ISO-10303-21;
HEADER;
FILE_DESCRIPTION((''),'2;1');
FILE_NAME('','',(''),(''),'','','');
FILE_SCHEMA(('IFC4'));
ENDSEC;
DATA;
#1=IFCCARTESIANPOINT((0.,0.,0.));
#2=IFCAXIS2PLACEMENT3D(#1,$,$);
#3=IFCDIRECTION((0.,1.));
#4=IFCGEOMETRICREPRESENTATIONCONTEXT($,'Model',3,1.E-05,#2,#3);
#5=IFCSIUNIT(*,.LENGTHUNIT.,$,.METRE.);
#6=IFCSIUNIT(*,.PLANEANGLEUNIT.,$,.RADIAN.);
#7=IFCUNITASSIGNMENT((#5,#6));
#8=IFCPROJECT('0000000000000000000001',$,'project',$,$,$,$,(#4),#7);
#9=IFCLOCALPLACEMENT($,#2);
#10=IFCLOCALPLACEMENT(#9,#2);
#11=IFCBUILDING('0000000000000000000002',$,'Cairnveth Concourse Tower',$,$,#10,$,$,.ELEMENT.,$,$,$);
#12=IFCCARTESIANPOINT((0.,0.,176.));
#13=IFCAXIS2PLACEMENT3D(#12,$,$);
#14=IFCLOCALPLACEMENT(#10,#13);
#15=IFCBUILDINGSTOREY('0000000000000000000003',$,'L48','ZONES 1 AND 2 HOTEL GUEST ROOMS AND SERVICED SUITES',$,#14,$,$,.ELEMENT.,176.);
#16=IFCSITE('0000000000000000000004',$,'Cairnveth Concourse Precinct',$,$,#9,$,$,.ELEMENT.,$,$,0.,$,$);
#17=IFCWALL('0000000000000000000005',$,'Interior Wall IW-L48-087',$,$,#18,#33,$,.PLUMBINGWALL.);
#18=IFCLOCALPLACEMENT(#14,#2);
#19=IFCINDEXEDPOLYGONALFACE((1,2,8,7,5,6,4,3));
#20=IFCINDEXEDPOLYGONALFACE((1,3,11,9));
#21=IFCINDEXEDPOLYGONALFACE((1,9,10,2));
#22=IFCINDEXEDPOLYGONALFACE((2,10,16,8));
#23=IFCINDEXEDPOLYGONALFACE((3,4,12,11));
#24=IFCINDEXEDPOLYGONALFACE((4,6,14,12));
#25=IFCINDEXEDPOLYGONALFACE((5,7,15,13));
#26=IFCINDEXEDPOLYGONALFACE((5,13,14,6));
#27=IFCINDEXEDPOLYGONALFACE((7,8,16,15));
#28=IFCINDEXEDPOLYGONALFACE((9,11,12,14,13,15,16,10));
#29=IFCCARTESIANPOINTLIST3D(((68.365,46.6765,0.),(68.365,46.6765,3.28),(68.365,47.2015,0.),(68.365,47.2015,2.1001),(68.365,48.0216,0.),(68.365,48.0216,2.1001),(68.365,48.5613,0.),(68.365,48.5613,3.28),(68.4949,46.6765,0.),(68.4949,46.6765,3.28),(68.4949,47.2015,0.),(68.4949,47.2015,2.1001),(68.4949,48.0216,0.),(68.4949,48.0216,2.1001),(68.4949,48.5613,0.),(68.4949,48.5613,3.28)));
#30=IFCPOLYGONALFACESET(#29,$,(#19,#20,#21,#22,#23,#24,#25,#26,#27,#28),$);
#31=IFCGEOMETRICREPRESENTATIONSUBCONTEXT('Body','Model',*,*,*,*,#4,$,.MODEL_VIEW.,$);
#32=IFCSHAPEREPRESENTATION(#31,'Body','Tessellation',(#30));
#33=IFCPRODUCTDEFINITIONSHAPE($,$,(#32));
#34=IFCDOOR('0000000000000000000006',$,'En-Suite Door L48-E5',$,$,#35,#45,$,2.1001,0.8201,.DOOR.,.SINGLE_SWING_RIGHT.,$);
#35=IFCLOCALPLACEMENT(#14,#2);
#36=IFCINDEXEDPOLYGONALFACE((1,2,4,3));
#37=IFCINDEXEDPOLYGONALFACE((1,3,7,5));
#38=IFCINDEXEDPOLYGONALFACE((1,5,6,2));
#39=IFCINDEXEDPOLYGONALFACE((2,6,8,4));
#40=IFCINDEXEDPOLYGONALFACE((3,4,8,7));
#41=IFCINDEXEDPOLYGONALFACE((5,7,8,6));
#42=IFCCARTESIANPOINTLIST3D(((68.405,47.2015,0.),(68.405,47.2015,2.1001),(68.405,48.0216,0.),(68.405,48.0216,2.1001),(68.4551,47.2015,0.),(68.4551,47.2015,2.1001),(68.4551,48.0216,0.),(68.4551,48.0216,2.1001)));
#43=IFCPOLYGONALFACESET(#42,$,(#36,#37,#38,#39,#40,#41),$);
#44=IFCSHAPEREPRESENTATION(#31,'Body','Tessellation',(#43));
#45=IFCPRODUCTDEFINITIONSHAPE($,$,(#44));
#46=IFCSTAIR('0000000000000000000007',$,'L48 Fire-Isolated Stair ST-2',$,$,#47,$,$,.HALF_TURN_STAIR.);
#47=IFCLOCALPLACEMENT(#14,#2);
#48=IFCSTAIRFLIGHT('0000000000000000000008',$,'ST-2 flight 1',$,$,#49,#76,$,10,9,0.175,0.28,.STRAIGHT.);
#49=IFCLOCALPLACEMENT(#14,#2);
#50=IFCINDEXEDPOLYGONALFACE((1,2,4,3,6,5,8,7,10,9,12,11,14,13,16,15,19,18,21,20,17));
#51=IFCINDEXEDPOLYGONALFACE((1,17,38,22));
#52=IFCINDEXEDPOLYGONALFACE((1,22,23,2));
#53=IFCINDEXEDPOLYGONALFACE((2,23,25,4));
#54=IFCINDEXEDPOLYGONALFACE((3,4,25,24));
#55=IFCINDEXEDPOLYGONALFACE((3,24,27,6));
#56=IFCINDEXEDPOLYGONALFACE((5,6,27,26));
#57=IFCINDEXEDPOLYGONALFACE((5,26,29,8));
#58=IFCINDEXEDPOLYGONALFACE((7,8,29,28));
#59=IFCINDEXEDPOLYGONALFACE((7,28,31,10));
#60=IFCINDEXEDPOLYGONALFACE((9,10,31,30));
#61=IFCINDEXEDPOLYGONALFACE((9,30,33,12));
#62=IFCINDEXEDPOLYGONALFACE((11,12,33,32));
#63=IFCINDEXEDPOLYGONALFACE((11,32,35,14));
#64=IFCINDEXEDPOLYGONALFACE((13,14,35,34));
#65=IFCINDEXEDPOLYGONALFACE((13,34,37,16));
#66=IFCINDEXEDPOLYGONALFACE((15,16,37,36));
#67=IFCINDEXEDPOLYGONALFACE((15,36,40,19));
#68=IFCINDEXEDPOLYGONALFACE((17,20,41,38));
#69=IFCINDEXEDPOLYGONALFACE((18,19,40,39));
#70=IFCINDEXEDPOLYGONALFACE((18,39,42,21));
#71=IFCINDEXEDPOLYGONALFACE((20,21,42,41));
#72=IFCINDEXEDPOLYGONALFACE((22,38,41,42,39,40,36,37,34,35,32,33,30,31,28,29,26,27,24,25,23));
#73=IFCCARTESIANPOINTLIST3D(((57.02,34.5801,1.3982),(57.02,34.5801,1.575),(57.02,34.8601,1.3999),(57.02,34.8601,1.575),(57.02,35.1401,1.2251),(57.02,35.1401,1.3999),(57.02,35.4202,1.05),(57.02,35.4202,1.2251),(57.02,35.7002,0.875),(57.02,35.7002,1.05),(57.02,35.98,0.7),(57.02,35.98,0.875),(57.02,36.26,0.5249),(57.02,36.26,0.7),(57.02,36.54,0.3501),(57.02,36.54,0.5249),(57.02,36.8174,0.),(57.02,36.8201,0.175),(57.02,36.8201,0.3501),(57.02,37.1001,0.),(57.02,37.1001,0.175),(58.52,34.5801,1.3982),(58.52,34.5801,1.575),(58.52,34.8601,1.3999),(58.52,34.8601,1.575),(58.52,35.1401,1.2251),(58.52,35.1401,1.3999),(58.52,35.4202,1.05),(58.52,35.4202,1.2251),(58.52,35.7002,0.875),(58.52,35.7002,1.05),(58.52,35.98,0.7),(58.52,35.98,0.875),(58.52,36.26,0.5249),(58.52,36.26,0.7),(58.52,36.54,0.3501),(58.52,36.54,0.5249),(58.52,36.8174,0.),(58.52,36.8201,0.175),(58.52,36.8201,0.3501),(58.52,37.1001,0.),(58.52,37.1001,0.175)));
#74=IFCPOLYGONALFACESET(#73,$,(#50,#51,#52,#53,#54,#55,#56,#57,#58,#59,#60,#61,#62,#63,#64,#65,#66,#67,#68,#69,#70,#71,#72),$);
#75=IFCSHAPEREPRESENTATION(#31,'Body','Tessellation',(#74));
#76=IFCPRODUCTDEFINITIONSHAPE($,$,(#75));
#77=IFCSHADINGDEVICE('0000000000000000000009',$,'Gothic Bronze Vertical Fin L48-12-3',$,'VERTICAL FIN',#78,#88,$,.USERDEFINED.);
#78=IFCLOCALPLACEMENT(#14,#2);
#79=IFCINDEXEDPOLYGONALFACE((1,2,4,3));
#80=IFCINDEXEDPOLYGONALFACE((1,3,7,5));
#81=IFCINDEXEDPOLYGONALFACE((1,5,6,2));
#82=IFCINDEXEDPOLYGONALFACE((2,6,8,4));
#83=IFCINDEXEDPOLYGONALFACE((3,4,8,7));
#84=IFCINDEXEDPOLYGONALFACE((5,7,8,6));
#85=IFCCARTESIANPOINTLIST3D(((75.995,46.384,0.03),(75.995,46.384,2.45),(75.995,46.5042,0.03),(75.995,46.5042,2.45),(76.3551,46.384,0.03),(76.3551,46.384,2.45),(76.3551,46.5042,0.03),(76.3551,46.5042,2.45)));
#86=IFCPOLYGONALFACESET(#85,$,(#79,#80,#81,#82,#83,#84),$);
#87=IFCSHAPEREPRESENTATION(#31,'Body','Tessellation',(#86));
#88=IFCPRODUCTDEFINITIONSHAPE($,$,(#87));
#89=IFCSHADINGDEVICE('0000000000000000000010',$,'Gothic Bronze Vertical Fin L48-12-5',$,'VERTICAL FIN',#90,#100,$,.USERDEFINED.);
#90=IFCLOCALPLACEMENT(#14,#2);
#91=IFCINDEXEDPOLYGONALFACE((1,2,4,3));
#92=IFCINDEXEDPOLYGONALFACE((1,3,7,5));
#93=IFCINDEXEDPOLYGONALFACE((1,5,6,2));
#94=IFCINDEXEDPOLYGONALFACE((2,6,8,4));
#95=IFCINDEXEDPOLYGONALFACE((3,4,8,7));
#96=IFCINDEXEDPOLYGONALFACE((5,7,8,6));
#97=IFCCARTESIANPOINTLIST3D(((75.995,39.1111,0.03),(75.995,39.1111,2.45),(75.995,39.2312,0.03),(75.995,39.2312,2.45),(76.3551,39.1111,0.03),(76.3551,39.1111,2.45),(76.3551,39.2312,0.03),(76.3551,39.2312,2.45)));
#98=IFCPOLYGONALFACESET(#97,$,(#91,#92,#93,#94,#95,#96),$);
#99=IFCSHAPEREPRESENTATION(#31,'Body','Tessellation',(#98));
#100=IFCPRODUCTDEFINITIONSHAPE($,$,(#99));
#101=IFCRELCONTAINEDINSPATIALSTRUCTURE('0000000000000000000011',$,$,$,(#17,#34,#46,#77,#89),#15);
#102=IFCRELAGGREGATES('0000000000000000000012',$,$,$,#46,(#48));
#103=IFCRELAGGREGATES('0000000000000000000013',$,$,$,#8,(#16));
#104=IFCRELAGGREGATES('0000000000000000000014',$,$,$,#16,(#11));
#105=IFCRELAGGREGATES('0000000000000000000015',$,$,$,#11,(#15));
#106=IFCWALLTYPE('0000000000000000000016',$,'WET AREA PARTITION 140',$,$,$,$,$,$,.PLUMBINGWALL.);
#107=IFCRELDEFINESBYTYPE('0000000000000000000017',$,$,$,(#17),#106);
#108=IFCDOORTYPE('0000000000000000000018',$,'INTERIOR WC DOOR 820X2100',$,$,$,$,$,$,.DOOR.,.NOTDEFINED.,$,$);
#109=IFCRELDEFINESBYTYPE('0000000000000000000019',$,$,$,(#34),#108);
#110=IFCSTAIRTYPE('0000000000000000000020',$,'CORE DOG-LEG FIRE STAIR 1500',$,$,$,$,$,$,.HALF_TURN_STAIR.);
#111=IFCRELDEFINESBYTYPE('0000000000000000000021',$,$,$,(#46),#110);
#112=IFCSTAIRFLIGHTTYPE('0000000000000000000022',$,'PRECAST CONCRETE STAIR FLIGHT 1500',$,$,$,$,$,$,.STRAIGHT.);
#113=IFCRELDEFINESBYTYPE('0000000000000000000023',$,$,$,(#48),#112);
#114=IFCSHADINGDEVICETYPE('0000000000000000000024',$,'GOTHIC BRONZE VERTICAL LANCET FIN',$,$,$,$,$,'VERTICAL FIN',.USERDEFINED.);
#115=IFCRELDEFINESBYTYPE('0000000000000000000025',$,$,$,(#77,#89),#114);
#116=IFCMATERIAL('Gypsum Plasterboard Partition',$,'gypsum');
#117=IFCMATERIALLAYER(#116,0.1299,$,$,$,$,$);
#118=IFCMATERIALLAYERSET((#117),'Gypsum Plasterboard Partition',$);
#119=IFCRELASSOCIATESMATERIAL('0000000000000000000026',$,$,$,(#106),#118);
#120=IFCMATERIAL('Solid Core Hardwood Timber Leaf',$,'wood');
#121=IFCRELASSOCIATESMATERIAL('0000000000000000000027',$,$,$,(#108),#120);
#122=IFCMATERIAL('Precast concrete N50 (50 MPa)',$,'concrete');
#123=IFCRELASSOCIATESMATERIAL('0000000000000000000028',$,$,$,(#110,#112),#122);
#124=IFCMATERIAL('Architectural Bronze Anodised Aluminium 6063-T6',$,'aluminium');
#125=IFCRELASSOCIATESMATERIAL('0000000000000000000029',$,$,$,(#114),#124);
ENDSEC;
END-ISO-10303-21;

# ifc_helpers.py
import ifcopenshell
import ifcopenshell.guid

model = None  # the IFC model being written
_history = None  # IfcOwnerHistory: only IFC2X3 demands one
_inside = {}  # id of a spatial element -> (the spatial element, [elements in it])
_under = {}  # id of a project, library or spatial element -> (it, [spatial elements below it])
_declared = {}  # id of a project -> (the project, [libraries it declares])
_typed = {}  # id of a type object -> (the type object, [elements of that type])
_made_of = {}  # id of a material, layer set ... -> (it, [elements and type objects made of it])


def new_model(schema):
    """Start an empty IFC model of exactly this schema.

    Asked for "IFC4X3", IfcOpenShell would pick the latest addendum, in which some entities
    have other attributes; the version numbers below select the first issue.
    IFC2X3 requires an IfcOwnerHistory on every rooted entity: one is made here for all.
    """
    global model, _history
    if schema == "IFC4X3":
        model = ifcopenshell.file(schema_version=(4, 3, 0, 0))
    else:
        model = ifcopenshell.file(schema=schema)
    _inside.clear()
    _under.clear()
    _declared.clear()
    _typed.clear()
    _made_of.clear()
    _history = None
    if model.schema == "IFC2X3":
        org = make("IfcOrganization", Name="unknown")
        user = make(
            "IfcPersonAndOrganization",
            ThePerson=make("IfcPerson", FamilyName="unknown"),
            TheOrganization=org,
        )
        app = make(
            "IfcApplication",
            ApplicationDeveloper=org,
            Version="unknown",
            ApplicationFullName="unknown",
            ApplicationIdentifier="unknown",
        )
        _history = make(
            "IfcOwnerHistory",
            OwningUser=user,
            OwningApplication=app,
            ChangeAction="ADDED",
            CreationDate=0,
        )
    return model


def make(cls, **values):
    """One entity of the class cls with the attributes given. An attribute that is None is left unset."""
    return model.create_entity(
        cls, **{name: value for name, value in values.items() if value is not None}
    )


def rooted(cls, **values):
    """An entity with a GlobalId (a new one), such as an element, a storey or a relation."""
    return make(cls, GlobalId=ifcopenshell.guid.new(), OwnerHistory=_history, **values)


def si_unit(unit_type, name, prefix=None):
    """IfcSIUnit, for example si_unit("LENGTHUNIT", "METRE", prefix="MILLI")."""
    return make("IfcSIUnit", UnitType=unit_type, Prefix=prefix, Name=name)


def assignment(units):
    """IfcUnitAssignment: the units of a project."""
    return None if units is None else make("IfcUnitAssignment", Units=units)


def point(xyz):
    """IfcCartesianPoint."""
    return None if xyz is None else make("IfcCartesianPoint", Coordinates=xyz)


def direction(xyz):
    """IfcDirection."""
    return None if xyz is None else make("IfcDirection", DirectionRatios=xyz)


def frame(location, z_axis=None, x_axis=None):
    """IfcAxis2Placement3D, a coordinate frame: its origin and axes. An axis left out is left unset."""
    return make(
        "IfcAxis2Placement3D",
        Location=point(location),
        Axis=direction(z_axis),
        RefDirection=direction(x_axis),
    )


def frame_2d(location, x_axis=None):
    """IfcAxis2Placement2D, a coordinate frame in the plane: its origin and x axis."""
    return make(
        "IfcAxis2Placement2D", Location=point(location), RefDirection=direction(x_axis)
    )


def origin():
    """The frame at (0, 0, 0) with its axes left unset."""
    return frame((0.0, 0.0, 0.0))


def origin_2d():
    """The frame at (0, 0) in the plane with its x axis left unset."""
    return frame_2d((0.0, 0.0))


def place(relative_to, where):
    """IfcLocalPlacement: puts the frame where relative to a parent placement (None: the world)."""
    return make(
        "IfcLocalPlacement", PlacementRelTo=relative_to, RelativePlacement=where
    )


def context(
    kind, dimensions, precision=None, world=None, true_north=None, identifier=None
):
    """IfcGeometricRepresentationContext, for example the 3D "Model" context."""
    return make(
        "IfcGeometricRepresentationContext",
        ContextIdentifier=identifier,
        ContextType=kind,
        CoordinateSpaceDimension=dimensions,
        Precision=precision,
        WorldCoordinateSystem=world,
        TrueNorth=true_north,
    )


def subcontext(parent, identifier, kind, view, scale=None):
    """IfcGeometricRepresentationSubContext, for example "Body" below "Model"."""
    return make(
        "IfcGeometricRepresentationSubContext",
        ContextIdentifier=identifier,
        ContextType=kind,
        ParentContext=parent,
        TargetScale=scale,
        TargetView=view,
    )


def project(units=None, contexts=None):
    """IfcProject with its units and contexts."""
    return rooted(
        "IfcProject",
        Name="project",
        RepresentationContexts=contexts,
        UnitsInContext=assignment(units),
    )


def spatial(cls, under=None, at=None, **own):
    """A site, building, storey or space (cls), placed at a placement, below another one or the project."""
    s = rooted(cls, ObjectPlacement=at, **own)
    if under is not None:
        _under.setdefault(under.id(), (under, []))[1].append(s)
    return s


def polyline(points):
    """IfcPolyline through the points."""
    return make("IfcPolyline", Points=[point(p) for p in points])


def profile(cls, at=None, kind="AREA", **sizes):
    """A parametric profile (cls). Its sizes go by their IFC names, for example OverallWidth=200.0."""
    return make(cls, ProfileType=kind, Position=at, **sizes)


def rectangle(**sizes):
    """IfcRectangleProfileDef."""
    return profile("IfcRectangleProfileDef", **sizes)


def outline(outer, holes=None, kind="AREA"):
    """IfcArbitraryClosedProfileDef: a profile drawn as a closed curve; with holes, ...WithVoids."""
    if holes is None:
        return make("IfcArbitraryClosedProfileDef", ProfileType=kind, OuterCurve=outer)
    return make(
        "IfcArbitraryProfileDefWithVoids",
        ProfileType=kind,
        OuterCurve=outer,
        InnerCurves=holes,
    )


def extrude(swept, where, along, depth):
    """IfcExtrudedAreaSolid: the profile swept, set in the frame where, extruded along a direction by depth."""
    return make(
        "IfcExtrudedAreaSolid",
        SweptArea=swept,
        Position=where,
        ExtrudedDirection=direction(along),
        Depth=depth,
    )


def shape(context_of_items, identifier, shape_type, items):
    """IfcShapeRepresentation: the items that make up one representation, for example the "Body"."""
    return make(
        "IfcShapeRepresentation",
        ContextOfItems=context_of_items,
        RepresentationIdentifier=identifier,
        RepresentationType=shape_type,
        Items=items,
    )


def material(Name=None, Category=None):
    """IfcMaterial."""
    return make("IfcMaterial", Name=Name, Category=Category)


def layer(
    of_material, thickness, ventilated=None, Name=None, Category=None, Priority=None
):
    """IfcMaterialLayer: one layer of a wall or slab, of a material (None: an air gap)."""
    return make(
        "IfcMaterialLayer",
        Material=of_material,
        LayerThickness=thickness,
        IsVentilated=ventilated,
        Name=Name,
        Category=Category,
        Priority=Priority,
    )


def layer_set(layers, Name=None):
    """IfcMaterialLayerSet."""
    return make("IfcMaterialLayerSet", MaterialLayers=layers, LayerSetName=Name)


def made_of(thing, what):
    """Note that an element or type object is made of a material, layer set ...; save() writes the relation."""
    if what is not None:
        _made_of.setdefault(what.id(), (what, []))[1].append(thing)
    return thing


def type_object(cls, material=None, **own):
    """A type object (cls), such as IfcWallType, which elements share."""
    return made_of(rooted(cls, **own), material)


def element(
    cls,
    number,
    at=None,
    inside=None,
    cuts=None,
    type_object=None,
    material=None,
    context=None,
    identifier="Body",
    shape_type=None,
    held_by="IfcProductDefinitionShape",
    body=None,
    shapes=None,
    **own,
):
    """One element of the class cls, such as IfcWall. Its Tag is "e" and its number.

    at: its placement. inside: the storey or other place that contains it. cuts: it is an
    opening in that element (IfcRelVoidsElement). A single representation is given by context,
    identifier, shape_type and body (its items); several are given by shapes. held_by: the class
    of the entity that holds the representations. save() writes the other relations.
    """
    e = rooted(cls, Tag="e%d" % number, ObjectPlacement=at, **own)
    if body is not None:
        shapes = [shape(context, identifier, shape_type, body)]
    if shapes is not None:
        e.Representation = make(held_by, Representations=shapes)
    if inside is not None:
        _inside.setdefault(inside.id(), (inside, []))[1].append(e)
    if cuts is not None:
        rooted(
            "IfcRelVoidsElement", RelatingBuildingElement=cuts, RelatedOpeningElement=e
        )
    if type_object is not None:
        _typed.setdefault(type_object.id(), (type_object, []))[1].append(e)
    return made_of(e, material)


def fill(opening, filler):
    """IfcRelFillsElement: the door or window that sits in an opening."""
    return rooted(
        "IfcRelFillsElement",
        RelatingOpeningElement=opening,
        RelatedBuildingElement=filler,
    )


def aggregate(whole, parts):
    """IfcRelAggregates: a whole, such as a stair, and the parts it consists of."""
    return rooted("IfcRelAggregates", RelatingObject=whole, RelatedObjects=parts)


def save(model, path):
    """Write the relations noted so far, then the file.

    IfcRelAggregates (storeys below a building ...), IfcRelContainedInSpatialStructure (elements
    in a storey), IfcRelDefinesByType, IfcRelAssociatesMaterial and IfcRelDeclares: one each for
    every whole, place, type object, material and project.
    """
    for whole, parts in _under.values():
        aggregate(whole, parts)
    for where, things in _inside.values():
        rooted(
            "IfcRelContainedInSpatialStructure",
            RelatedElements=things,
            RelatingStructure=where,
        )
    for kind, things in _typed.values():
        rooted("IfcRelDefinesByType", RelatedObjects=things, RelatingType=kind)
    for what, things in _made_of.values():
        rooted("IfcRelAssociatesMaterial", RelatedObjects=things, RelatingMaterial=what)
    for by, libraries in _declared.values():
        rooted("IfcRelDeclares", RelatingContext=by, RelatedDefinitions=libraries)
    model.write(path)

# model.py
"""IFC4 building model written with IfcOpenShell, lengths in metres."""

from ifc_helpers import new_model, si_unit, direction, frame, frame_2d, origin, origin_2d, place, context, subcontext, project, spatial, polyline, rectangle, outline, extrude, material, layer, layer_set, type_object, element, fill, aggregate, save


model = new_model("IFC4")

# Units and contexts
model_context = context("Model", 3, precision=1e-05, world=origin(), true_north=direction((0.0, 1.0)))
body_context = subcontext(model_context, "Body", "Model", "MODEL_VIEW")
ifc_project = project(units=[si_unit("LENGTHUNIT", "METRE"), si_unit("PLANEANGLEUNIT", "RADIAN")], contexts=[model_context])

# Site, building, storey
site_placement = place(None, origin())
site = spatial("IfcSite", under=ifc_project, at=site_placement, Name="Cairnveth Concourse Precinct", CompositionType="ELEMENT", RefElevation=0.0)
building_placement = place(site_placement, origin())
building = spatial("IfcBuilding", under=site, at=building_placement, Name="Cairnveth Concourse Tower", CompositionType="ELEMENT")
storey_placement = place(building_placement, frame((0.0, 0.0, 176.0)))
storey = spatial("IfcBuildingStorey", under=building, at=storey_placement, Name="L48", Description="ZONES 1 AND 2 HOTEL GUEST ROOMS AND SERVICED SUITES", CompositionType="ELEMENT", Elevation=176.0)

# Shared definitions
ifc_material_1 = material(Name="Gypsum Plasterboard Partition", Category="gypsum")

# Shared definitions
ifc_layer_1 = layer(ifc_material_1, 0.1299)
ifc_layer_set_1 = layer_set([ifc_layer_1], Name="Gypsum Plasterboard Partition")
wall_type_1 = type_object("IfcWallType", Name="WET AREA PARTITION 140", PredefinedType="PLUMBINGWALL", material=ifc_layer_set_1)

# Wall, opening, door
ifc_material_2 = material(Name="Solid Core Hardwood Timber Leaf", Category="wood")
door_type_1 = type_object("IfcDoorType", Name="INTERIOR WC DOOR 820X2100", OperationType="NOTDEFINED", PredefinedType="DOOR", material=ifc_material_2)
wall_1_placement = place(storey_placement, frame((68.4299, 46.6765, 0.0), z_axis=(0.0, 0.0, 1.0), x_axis=(0.0, 1.0, 0.0)))
wall_1 = element("IfcWall", 1, at=wall_1_placement, inside=storey, type_object=wall_type_1, Name="Interior Wall IW-L48-087", PredefinedType="PLUMBINGWALL", context=body_context, shape_type="SweptSolid", body=[
    extrude(rectangle(XDim=1.8848, YDim=0.1299, at=frame_2d((0.9424, 0.0))), origin(), (0.0, 0.0, 1.0), 3.28),
])
opening_1_placement = place(wall_1_placement, frame((0.5249, 0.0, 0.0)))
opening_1 = element("IfcOpeningElement", 2, at=opening_1_placement, cuts=wall_1, PredefinedType="OPENING", context=body_context, shape_type="SweptSolid", body=[
    extrude(rectangle(XDim=0.8201, YDim=2.1001, at=frame_2d((0.4102, 1.05))), frame((0.0, 0.075, 0.0), z_axis=(0.0, -1.0, 0.0), x_axis=(1.0, 0.0, 0.0)), (0.0, 0.0, 1.0), 0.1499),
])
door_1_placement = place(opening_1_placement, origin())
door_1 = element("IfcDoor", 3, at=door_1_placement, inside=storey, type_object=door_type_1, Name="En-Suite Door L48-E5", OperationType="SINGLE_SWING_RIGHT", OverallHeight=2.1001, OverallWidth=0.8201, PredefinedType="DOOR", context=body_context, shape_type="SweptSolid", body=[
    extrude(rectangle(XDim=0.8201, YDim=2.1001, at=frame_2d((0.4102, 1.05))), frame((0.0, 0.0249, 0.0), z_axis=(0.0, -1.0, 0.0), x_axis=(1.0, 0.0, 0.0)), (0.0, 0.0, 1.0), 0.05),
])
fill(opening_1, door_1)

# Stair, stair flight
ifc_material_3 = material(Name="Precast concrete N50 (50 MPa)", Category="concrete")
stair_type = type_object("IfcStairType", Name="CORE DOG-LEG FIRE STAIR 1500", PredefinedType="HALF_TURN_STAIR", material=ifc_material_3)
stair_placement = place(storey_placement, origin())
stair = element("IfcStair", 4, at=stair_placement, inside=storey, type_object=stair_type, Name="L48 Fire-Isolated Stair ST-2", PredefinedType="HALF_TURN_STAIR")
stair_flight_type = type_object("IfcStairFlightType", Name="PRECAST CONCRETE STAIR FLIGHT 1500", PredefinedType="STRAIGHT", material=ifc_material_3)
stair_flight_placement = place(storey_placement, frame((57.77, 37.1001, 0.0), z_axis=(0.0, 0.0, 1.0), x_axis=(0.0, -1.0, 0.0)))
stair_flight = element("IfcStairFlight", 5, at=stair_flight_placement, type_object=stair_flight_type, Name="ST-2 flight 1", NumberOfRisers=10, NumberOfTreads=9, PredefinedType="STRAIGHT", RiserHeight=0.175, TreadLength=0.28, context=body_context, shape_type="SweptSolid", body=[
    extrude(outline(polyline([(0.0, 0.0), (0.0, 0.175), (0.28, 0.175), (0.28, 0.3501), (0.5601, 0.3501), (0.5601, 0.5249), (0.8401, 0.5249), (0.8401, 0.7), (1.1201, 0.7), (1.1201, 0.875), (1.3999, 0.875), (1.3999, 1.05), (1.6799, 1.05), (1.6799, 1.2251), (1.96, 1.2251), (1.96, 1.3999), (2.24, 1.3999), (2.24, 1.575), (2.52, 1.575), (2.52, 1.75), (2.52, 1.3982), (0.2827, 0.0), (0.0, 0.0)])), frame((0.0, 0.75, 0.0), z_axis=(0.0, -1.0, 0.0), x_axis=(1.0, 0.0, 0.0)), (0.0, 0.0, 1.0), 1.5),
])
aggregate(stair, [stair_flight])

# Shading devices
ifc_material_4 = material(Name="Architectural Bronze Anodised Aluminium 6063-T6", Category="aluminium")
shading_device_type = type_object("IfcShadingDeviceType", Name="GOTHIC BRONZE VERTICAL LANCET FIN", ElementType="VERTICAL FIN", PredefinedType="USERDEFINED", material=ifc_material_4)
for number, where, z_axis, x_axis, name in (
    (6, (76.175, 46.4441, 0.03), (0.0, 0.0, 1.0), (0.0, 1.0, 0.0), "Gothic Bronze Vertical Fin L48-12-3"),
    (7, (76.175, 39.1711, 0.03), (0.0, 0.0, 1.0), (0.0, 1.0, 0.0), "Gothic Bronze Vertical Fin L48-12-5"),
):
    element("IfcShadingDevice", number, at=place(storey_placement, frame(where, z_axis=z_axis, x_axis=x_axis)), inside=storey, type_object=shading_device_type, Name=name, ObjectType="VERTICAL FIN", PredefinedType="USERDEFINED", context=body_context, shape_type="SweptSolid", body=[
        extrude(rectangle(XDim=0.1201, YDim=0.3601, at=origin_2d()), origin(), (0.0, 0.0, 1.0), 2.4199),
    ])

save(model, "model.ifc")
